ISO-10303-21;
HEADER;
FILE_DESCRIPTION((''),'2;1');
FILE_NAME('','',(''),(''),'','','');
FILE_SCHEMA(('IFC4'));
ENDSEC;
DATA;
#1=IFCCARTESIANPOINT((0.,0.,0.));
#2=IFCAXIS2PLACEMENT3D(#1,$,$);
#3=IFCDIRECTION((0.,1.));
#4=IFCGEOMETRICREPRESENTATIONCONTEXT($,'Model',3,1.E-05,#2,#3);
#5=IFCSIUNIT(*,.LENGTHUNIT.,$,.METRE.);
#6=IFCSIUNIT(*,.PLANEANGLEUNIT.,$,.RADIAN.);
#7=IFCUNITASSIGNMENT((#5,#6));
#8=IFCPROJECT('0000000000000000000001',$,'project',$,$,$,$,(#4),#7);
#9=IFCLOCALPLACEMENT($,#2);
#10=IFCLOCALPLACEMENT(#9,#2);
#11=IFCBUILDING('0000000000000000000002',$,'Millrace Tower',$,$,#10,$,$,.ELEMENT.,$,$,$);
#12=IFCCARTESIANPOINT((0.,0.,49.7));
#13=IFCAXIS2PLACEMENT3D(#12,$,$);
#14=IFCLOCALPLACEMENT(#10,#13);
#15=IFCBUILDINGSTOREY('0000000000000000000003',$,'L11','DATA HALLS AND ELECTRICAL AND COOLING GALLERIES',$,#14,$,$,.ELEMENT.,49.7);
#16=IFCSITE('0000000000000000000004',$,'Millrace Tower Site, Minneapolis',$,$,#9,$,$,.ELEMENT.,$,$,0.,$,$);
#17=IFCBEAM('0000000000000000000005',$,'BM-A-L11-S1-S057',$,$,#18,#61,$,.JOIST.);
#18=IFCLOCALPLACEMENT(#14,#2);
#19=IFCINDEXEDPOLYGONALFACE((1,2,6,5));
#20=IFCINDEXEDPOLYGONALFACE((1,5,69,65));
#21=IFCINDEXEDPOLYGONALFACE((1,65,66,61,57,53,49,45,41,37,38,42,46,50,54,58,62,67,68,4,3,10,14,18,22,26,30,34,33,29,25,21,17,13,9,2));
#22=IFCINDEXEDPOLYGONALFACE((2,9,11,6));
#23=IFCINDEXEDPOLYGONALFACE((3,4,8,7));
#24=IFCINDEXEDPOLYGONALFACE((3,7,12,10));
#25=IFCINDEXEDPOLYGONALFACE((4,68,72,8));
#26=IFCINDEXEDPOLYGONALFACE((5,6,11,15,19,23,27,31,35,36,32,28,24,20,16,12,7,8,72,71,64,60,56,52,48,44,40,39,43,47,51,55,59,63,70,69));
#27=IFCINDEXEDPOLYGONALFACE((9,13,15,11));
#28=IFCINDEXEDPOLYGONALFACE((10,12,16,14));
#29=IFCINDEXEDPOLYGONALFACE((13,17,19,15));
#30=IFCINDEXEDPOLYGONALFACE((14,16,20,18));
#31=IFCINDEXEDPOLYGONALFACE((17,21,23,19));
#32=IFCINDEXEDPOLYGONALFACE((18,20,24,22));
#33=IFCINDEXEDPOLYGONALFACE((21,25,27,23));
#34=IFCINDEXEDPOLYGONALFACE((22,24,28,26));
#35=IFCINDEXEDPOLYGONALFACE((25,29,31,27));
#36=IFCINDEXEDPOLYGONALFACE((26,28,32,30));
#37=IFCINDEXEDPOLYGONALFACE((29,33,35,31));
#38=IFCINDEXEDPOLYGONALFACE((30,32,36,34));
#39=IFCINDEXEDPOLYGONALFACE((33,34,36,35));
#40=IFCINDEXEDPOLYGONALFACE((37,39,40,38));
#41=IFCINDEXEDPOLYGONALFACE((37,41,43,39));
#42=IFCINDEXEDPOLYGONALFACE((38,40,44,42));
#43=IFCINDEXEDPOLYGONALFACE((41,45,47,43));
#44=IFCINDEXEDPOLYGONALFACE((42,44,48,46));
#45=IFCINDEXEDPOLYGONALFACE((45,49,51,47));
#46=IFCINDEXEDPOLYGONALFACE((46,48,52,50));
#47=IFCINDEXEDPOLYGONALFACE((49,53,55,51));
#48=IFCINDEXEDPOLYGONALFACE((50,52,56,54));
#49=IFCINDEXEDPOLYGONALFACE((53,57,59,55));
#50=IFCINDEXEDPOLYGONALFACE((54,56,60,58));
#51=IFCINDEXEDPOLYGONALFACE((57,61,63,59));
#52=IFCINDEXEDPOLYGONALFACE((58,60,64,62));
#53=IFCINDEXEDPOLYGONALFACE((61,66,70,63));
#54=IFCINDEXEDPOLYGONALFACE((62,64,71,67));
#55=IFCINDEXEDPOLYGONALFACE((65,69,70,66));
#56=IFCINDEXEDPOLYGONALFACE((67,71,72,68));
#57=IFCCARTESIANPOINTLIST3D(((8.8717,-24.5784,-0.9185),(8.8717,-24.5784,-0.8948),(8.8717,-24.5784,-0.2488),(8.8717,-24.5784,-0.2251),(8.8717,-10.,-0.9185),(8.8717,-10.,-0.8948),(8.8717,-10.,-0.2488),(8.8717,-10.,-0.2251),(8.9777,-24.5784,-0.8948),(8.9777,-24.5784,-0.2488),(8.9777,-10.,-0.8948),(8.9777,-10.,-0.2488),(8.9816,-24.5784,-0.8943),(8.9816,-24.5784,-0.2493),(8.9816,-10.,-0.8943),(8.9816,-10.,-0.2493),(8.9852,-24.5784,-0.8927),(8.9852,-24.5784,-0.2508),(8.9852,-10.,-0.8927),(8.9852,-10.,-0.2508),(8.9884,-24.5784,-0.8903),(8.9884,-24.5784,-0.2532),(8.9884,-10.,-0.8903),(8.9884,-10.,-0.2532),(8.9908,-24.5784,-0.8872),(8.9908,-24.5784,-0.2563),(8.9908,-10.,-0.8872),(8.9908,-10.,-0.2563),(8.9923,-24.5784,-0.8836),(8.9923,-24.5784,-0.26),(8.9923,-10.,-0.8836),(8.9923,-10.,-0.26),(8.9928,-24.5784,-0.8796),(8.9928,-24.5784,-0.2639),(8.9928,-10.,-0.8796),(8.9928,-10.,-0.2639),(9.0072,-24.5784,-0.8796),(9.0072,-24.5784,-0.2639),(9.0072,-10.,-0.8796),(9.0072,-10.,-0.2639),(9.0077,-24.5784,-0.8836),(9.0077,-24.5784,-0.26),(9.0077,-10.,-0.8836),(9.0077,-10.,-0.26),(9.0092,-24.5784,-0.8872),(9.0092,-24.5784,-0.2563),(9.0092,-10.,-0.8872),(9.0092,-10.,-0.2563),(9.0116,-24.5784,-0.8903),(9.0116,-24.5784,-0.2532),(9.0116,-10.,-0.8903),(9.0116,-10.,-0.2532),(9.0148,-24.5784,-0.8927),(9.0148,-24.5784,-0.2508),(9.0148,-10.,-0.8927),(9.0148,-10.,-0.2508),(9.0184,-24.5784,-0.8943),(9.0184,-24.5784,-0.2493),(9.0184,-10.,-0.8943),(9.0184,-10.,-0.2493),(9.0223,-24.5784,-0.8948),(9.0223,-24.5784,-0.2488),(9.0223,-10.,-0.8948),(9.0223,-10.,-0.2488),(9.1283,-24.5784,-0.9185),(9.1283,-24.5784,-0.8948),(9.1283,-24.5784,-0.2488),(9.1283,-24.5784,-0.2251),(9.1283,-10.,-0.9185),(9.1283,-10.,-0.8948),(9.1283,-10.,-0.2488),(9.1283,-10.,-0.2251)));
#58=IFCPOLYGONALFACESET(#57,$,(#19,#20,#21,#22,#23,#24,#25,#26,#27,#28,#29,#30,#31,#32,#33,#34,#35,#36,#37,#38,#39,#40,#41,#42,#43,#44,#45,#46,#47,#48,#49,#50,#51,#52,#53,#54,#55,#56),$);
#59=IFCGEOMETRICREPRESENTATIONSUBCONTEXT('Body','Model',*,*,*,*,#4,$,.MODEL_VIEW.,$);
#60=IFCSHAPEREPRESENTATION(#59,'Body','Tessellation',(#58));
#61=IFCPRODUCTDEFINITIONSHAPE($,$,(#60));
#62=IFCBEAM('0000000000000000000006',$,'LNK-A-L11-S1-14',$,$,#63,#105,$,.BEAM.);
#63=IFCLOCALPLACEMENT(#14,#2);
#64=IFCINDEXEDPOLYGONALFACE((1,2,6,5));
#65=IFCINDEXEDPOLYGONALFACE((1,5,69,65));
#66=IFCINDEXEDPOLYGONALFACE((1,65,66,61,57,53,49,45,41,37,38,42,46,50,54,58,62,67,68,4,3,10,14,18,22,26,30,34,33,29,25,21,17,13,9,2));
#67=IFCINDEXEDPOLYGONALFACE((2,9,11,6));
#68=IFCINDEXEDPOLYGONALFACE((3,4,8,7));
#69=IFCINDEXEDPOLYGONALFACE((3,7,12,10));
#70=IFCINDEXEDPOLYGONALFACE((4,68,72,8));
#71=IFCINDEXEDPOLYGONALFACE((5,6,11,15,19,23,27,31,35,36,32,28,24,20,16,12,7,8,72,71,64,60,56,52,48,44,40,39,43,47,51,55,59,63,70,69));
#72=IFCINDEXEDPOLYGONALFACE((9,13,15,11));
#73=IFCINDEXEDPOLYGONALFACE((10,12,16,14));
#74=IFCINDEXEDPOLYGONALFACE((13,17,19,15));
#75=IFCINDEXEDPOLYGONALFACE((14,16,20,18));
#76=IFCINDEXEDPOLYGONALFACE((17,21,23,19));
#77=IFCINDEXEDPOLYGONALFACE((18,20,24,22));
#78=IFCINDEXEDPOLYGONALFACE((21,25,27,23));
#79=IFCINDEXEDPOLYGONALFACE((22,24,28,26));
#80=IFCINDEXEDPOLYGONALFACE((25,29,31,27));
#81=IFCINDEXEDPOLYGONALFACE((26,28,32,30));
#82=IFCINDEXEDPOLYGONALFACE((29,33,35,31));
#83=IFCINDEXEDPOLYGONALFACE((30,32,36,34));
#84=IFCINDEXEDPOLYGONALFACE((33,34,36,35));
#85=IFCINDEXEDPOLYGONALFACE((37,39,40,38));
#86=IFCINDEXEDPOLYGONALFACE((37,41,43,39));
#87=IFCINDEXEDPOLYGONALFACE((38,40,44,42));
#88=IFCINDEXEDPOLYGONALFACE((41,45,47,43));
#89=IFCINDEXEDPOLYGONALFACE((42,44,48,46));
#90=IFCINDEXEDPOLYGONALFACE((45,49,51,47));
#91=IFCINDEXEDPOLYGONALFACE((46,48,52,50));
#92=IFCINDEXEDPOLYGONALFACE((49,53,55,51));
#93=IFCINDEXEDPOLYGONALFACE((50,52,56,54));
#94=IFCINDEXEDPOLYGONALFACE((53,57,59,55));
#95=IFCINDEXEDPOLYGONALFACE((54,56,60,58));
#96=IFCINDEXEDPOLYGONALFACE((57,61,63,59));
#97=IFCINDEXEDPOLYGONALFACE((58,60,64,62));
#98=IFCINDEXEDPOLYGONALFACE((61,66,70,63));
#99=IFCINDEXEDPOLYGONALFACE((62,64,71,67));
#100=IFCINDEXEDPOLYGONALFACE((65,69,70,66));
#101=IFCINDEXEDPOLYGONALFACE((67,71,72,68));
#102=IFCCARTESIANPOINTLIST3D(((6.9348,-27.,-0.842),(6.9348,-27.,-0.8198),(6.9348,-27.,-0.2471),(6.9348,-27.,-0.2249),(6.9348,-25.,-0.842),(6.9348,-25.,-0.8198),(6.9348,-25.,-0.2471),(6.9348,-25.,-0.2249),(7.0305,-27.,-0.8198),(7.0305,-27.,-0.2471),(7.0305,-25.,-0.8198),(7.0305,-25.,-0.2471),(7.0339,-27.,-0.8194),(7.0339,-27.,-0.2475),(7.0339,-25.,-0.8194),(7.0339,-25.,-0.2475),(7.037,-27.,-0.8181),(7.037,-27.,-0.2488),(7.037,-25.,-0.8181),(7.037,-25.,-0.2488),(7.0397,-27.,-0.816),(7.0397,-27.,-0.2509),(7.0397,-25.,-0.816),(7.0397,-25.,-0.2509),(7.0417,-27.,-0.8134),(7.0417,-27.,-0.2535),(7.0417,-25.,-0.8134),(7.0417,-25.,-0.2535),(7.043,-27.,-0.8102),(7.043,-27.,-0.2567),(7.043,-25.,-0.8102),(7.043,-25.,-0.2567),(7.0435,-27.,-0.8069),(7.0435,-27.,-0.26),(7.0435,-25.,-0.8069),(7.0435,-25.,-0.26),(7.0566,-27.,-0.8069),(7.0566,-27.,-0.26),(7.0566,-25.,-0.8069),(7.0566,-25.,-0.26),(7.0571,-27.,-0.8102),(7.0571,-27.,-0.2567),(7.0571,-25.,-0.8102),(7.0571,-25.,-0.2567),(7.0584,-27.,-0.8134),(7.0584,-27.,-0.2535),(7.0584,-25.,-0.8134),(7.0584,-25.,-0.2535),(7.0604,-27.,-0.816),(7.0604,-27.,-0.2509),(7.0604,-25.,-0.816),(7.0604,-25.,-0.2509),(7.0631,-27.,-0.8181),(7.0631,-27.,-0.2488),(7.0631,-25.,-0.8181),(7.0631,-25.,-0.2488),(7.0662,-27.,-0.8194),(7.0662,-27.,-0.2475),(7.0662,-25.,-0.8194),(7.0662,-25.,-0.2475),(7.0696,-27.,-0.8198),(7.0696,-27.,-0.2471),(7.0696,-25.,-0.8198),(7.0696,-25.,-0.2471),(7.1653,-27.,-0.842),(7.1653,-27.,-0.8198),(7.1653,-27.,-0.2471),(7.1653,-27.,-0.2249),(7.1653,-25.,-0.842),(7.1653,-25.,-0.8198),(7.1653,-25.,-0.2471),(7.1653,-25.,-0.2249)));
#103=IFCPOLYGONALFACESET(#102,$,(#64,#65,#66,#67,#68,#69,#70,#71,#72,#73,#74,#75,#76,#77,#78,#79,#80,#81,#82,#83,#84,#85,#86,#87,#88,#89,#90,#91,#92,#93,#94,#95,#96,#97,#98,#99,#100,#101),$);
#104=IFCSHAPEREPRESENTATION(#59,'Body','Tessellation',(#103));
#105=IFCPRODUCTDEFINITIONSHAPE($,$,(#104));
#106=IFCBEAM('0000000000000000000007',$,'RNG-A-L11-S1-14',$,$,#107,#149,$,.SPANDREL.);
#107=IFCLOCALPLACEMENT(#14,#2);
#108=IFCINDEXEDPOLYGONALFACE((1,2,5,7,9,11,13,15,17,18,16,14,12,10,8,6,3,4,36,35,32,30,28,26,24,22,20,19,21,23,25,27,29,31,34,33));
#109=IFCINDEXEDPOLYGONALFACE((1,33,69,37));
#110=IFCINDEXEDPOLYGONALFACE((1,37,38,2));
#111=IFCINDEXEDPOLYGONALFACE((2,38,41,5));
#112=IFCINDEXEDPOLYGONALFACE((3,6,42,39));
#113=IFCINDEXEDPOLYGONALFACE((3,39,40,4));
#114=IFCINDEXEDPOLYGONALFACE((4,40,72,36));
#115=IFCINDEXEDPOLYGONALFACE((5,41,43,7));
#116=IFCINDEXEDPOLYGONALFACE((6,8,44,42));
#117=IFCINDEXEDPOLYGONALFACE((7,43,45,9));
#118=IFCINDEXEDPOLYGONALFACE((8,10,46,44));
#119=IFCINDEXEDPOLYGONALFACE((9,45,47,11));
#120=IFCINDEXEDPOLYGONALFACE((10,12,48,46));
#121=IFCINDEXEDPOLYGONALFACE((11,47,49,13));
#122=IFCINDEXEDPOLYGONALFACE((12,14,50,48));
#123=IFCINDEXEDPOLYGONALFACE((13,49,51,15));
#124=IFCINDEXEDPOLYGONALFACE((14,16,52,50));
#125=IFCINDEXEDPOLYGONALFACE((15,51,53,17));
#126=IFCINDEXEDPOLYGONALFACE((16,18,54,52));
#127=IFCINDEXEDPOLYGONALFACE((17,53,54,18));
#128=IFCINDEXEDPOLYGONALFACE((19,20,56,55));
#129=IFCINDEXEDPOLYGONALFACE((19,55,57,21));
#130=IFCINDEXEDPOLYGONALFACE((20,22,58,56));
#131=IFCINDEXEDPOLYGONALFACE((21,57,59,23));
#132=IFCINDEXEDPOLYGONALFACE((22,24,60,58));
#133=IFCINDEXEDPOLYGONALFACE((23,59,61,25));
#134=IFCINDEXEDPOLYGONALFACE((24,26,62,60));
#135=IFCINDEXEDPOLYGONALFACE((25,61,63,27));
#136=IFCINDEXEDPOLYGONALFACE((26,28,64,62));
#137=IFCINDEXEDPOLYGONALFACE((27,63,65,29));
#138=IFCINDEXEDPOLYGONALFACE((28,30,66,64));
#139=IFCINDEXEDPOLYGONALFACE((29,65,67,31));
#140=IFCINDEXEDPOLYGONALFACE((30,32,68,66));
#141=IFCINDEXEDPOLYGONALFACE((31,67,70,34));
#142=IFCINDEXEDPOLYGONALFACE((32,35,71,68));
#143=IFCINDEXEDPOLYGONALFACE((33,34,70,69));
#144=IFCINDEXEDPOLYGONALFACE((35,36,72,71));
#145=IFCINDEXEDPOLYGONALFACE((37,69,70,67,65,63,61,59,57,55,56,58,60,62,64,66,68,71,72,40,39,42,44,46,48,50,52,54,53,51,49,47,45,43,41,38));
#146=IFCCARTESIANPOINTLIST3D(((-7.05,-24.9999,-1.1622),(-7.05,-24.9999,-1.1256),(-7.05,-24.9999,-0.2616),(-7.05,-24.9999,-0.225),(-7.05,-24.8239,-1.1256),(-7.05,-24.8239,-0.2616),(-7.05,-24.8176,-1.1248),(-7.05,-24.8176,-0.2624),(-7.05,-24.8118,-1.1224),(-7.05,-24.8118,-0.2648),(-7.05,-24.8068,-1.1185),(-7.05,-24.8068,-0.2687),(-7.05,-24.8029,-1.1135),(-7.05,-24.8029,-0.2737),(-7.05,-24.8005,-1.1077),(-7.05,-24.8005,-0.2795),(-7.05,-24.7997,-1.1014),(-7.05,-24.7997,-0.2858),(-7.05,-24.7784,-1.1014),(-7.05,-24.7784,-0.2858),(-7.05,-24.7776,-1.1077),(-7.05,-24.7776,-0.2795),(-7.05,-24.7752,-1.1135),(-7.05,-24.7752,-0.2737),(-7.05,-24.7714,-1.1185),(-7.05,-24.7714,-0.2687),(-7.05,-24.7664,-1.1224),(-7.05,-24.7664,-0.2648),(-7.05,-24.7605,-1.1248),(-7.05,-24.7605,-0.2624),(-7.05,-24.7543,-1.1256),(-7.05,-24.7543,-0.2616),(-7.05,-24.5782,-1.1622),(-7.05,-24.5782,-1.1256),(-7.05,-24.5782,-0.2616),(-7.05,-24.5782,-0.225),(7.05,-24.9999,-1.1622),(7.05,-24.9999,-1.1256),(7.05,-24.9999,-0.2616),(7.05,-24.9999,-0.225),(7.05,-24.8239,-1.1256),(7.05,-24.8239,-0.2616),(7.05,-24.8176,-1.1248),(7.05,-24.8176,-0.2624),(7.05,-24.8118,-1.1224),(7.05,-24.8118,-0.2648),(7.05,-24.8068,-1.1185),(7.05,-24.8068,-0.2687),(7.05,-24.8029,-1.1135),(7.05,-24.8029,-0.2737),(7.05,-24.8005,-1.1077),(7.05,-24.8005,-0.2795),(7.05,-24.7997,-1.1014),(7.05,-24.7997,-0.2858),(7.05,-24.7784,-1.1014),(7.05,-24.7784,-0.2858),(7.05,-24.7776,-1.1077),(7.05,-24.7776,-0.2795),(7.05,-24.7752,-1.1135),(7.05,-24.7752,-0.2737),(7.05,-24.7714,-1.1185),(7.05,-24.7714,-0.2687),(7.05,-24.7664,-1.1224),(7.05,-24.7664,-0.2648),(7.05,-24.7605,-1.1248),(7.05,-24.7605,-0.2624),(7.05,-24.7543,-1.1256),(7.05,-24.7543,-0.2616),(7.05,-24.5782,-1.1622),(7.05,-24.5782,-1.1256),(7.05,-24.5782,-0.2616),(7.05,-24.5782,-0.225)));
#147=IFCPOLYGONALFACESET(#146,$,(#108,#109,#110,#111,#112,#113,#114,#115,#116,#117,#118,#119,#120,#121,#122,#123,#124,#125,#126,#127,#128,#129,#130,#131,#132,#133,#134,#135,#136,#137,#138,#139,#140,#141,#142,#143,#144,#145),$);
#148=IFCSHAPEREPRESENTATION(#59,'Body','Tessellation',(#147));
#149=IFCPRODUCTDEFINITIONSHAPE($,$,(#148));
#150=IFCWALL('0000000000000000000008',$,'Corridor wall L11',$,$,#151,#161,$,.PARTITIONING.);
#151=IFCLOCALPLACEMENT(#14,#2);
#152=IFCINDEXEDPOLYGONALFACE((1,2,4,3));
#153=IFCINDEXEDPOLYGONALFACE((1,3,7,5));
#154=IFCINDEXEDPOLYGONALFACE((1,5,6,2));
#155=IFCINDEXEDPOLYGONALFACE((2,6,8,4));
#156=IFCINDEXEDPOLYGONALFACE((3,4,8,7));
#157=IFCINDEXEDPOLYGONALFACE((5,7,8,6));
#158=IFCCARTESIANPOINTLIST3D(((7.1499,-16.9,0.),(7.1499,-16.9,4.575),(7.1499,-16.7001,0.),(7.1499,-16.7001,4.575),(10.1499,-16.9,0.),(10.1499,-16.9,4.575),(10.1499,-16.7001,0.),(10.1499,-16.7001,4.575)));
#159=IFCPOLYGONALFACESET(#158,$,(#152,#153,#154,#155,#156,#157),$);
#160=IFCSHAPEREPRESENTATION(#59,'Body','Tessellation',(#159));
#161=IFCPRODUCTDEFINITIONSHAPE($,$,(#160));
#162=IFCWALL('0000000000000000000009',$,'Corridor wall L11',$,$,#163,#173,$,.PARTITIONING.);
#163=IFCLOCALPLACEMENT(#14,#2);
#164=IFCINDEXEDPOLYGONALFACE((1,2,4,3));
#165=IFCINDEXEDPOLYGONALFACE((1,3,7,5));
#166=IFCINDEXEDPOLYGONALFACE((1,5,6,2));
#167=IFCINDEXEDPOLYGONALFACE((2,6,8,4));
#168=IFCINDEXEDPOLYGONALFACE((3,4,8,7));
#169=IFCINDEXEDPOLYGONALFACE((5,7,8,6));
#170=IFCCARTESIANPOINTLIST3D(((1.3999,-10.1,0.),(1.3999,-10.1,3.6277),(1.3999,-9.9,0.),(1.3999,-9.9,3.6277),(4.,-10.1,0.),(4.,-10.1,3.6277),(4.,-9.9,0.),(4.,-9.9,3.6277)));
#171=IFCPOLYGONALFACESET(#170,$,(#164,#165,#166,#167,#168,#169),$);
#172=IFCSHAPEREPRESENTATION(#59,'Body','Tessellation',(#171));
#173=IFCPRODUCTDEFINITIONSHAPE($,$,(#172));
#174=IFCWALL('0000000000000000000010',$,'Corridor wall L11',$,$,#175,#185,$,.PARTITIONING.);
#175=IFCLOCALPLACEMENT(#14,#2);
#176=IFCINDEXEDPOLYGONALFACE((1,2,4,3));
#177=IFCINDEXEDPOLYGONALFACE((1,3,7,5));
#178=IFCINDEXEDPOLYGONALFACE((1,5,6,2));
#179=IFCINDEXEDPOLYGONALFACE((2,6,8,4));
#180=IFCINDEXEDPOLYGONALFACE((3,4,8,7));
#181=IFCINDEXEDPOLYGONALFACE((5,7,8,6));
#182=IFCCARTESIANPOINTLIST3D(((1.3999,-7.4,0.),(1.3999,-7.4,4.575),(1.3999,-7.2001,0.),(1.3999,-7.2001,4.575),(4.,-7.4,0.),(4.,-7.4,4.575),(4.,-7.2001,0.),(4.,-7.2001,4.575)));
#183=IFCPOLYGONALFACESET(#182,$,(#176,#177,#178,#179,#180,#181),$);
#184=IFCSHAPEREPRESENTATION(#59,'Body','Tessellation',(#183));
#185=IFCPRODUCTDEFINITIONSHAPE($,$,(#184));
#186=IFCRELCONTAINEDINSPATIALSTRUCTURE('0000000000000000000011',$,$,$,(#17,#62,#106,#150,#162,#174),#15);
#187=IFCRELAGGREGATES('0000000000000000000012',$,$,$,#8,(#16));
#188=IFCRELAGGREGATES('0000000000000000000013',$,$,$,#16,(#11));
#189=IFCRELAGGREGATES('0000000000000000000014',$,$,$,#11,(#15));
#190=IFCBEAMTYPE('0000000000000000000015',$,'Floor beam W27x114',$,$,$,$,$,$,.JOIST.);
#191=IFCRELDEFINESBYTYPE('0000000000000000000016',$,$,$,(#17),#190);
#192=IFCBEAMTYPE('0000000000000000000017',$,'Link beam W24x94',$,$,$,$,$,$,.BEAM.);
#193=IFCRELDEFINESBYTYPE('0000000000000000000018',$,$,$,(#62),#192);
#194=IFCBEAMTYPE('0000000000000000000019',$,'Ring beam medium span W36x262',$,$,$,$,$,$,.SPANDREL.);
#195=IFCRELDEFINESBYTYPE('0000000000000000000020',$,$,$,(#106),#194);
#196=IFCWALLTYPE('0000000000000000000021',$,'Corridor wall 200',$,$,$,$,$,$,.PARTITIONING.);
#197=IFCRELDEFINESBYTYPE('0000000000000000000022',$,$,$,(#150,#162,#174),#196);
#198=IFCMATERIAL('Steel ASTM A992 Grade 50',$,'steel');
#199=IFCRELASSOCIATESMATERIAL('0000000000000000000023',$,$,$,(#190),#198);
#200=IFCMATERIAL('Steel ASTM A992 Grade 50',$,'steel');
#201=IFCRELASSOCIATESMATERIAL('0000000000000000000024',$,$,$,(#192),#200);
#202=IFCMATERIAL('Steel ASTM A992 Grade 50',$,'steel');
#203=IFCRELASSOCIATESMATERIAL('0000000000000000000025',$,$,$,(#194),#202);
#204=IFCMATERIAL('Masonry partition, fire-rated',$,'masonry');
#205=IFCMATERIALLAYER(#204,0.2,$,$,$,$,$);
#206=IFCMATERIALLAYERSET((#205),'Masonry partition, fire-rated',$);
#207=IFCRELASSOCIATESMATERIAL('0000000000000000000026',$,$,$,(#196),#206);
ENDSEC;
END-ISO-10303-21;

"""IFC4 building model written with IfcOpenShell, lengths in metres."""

from ifc_helpers import new_model, si_unit, direction, frame, frame_2d, origin, origin_2d, place, context, subcontext, project, spatial, rectangle, i_section, extrude, material, layer, layer_set, material_profile, profile_set, type_object, element, save


model = new_model("IFC4")

# Units and contexts
model_context = context("Model", 3, precision=1e-05, world=origin(), true_north=direction((0.0, 1.0)))
body_context = subcontext(model_context, "Body", "Model", "MODEL_VIEW")
ifc_project = project(units=[si_unit("LENGTHUNIT", "METRE"), si_unit("PLANEANGLEUNIT", "RADIAN")], contexts=[model_context])

# Site, building, storey
site_placement = place(None, origin())
site = spatial("IfcSite", under=ifc_project, at=site_placement, Name="Millrace Tower Site, Minneapolis", CompositionType="ELEMENT", RefElevation=0.0)
building_placement = place(site_placement, origin())
building = spatial("IfcBuilding", under=site, at=building_placement, Name="Millrace Tower", CompositionType="ELEMENT")
storey_placement = place(building_placement, frame((0.0, 0.0, 49.7)))
storey = spatial("IfcBuildingStorey", under=building, at=storey_placement, Name="L11", Description="DATA HALLS AND ELECTRICAL AND COOLING GALLERIES", CompositionType="ELEMENT", Elevation=49.7)

# Beams
ifc_material_1 = material(Name="Steel ASTM A992 Grade 50", Category="steel")
ifc_material_profile_1 = material_profile(ifc_material_1, i_section(OverallWidth=0.2566, OverallDepth=0.6934, WebThickness=0.0144, FlangeThickness=0.0237, FilletRadius=0.0151, at=origin_2d()))
ifc_profile_set_1 = profile_set([ifc_material_profile_1], Name="Steel ASTM A992 Grade 50")
beam_type_1 = type_object("IfcBeamType", Name="Floor beam W27x114", PredefinedType="JOIST", material=ifc_profile_set_1)
for number, where, z_axis, x_axis, name in (
    (1, (9.0, -24.5784, -0.5718), (0.0, 1.0, 0.0), (-1.0, 0.0, 0.0), "BM-A-L11-S1-S057"),
):
    element("IfcBeam", number, at=place(storey_placement, frame(where, z_axis=z_axis, x_axis=x_axis)), inside=storey, type_object=beam_type_1, Name=name, PredefinedType="JOIST", context=body_context, shape_type="SweptSolid", body=[
        extrude(i_section(OverallWidth=0.2566, OverallDepth=0.6934, WebThickness=0.0144, FlangeThickness=0.0237, FilletRadius=0.0151, at=origin_2d()), origin(), (0.0, 0.0, 1.0), 14.5784),
    ])
ifc_material_2 = material(Name="Steel ASTM A992 Grade 50", Category="steel")
ifc_material_profile_2 = material_profile(ifc_material_2, i_section(OverallWidth=0.2305, OverallDepth=0.6172, WebThickness=0.0132, FlangeThickness=0.0222, FilletRadius=0.0129, at=origin_2d()))
ifc_profile_set_2 = profile_set([ifc_material_profile_2], Name="Steel ASTM A992 Grade 50")
beam_type_2 = type_object("IfcBeamType", Name="Link beam W24x94", PredefinedType="BEAM", material=ifc_profile_set_2)
beam_1_placement = place(storey_placement, frame((7.05, -25.0, -0.5334), z_axis=(0.0, -1.0, 0.0), x_axis=(1.0, 0.0, 0.0)))
element("IfcBeam", 2, at=beam_1_placement, inside=storey, type_object=beam_type_2, Name="LNK-A-L11-S1-14", PredefinedType="BEAM", context=body_context, shape_type="SweptSolid", body=[
    extrude(i_section(OverallWidth=0.2305, OverallDepth=0.6172, WebThickness=0.0132, FlangeThickness=0.0222, FilletRadius=0.0129, at=origin_2d()), origin(), (0.0, 0.0, 1.0), 2.0),
])
ifc_material_3 = material(Name="Steel ASTM A992 Grade 50", Category="steel")
ifc_material_profile_3 = material_profile(ifc_material_3, i_section(OverallWidth=0.4216, OverallDepth=0.9373, WebThickness=0.0212, FlangeThickness=0.0366, FilletRadius=0.0242, at=origin_2d()))
ifc_profile_set_3 = profile_set([ifc_material_profile_3], Name="Steel ASTM A992 Grade 50")
beam_type_3 = type_object("IfcBeamType", Name="Ring beam medium span W36x262", PredefinedType="SPANDREL", material=ifc_profile_set_3)
beam_2_placement = place(storey_placement, frame((7.05, -24.7891, -0.6936), z_axis=(-1.0, 0.0, 0.0), x_axis=(0.0, -1.0, 0.0)))
element("IfcBeam", 3, at=beam_2_placement, inside=storey, type_object=beam_type_3, Name="RNG-A-L11-S1-14", PredefinedType="SPANDREL", context=body_context, shape_type="SweptSolid", body=[
    extrude(i_section(OverallWidth=0.4216, OverallDepth=0.9373, WebThickness=0.0212, FlangeThickness=0.0366, FilletRadius=0.0242, at=origin_2d()), origin(), (0.0, 0.0, 1.0), 14.1001),
])

# Walls
ifc_material_4 = material(Name="Masonry partition, fire-rated", Category="masonry")
ifc_layer_1 = layer(ifc_material_4, 0.2)
ifc_layer_set_1 = layer_set([ifc_layer_1], Name="Masonry partition, fire-rated")
wall_type = type_object("IfcWallType", Name="Corridor wall 200", PredefinedType="PARTITIONING", material=ifc_layer_set_1)
wall_1_placement = place(storey_placement, frame((7.1499, -16.8, 0.0), z_axis=(0.0, 0.0, 1.0), x_axis=(1.0, 0.0, 0.0)))
element("IfcWall", 4, at=wall_1_placement, inside=storey, type_object=wall_type, Name="Corridor wall L11", PredefinedType="PARTITIONING", context=body_context, shape_type="SweptSolid", body=[
    extrude(rectangle(XDim=3.0, YDim=0.2, at=frame_2d((1.5, 0.0))), origin(), (0.0, 0.0, 1.0), 4.575),
])
wall_2_placement = place(storey_placement, frame((1.3999, -10.0, 0.0), z_axis=(0.0, 0.0, 1.0), x_axis=(1.0, 0.0, 0.0)))
element("IfcWall", 5, at=wall_2_placement, inside=storey, type_object=wall_type, Name="Corridor wall L11", PredefinedType="PARTITIONING", context=body_context, shape_type="SweptSolid", body=[
    extrude(rectangle(XDim=2.6001, YDim=0.2, at=frame_2d((1.3, 0.0))), origin(), (0.0, 0.0, 1.0), 3.6277),
])
wall_3_placement = place(storey_placement, frame((1.3999, -7.3, 0.0), z_axis=(0.0, 0.0, 1.0), x_axis=(1.0, 0.0, 0.0)))
element("IfcWall", 6, at=wall_3_placement, inside=storey, type_object=wall_type, Name="Corridor wall L11", PredefinedType="PARTITIONING", context=body_context, shape_type="SweptSolid", body=[
    extrude(rectangle(XDim=2.6001, YDim=0.2, at=frame_2d((1.3, 0.0))), origin(), (0.0, 0.0, 1.0), 4.575),
])

save(model, "model.ifc")
